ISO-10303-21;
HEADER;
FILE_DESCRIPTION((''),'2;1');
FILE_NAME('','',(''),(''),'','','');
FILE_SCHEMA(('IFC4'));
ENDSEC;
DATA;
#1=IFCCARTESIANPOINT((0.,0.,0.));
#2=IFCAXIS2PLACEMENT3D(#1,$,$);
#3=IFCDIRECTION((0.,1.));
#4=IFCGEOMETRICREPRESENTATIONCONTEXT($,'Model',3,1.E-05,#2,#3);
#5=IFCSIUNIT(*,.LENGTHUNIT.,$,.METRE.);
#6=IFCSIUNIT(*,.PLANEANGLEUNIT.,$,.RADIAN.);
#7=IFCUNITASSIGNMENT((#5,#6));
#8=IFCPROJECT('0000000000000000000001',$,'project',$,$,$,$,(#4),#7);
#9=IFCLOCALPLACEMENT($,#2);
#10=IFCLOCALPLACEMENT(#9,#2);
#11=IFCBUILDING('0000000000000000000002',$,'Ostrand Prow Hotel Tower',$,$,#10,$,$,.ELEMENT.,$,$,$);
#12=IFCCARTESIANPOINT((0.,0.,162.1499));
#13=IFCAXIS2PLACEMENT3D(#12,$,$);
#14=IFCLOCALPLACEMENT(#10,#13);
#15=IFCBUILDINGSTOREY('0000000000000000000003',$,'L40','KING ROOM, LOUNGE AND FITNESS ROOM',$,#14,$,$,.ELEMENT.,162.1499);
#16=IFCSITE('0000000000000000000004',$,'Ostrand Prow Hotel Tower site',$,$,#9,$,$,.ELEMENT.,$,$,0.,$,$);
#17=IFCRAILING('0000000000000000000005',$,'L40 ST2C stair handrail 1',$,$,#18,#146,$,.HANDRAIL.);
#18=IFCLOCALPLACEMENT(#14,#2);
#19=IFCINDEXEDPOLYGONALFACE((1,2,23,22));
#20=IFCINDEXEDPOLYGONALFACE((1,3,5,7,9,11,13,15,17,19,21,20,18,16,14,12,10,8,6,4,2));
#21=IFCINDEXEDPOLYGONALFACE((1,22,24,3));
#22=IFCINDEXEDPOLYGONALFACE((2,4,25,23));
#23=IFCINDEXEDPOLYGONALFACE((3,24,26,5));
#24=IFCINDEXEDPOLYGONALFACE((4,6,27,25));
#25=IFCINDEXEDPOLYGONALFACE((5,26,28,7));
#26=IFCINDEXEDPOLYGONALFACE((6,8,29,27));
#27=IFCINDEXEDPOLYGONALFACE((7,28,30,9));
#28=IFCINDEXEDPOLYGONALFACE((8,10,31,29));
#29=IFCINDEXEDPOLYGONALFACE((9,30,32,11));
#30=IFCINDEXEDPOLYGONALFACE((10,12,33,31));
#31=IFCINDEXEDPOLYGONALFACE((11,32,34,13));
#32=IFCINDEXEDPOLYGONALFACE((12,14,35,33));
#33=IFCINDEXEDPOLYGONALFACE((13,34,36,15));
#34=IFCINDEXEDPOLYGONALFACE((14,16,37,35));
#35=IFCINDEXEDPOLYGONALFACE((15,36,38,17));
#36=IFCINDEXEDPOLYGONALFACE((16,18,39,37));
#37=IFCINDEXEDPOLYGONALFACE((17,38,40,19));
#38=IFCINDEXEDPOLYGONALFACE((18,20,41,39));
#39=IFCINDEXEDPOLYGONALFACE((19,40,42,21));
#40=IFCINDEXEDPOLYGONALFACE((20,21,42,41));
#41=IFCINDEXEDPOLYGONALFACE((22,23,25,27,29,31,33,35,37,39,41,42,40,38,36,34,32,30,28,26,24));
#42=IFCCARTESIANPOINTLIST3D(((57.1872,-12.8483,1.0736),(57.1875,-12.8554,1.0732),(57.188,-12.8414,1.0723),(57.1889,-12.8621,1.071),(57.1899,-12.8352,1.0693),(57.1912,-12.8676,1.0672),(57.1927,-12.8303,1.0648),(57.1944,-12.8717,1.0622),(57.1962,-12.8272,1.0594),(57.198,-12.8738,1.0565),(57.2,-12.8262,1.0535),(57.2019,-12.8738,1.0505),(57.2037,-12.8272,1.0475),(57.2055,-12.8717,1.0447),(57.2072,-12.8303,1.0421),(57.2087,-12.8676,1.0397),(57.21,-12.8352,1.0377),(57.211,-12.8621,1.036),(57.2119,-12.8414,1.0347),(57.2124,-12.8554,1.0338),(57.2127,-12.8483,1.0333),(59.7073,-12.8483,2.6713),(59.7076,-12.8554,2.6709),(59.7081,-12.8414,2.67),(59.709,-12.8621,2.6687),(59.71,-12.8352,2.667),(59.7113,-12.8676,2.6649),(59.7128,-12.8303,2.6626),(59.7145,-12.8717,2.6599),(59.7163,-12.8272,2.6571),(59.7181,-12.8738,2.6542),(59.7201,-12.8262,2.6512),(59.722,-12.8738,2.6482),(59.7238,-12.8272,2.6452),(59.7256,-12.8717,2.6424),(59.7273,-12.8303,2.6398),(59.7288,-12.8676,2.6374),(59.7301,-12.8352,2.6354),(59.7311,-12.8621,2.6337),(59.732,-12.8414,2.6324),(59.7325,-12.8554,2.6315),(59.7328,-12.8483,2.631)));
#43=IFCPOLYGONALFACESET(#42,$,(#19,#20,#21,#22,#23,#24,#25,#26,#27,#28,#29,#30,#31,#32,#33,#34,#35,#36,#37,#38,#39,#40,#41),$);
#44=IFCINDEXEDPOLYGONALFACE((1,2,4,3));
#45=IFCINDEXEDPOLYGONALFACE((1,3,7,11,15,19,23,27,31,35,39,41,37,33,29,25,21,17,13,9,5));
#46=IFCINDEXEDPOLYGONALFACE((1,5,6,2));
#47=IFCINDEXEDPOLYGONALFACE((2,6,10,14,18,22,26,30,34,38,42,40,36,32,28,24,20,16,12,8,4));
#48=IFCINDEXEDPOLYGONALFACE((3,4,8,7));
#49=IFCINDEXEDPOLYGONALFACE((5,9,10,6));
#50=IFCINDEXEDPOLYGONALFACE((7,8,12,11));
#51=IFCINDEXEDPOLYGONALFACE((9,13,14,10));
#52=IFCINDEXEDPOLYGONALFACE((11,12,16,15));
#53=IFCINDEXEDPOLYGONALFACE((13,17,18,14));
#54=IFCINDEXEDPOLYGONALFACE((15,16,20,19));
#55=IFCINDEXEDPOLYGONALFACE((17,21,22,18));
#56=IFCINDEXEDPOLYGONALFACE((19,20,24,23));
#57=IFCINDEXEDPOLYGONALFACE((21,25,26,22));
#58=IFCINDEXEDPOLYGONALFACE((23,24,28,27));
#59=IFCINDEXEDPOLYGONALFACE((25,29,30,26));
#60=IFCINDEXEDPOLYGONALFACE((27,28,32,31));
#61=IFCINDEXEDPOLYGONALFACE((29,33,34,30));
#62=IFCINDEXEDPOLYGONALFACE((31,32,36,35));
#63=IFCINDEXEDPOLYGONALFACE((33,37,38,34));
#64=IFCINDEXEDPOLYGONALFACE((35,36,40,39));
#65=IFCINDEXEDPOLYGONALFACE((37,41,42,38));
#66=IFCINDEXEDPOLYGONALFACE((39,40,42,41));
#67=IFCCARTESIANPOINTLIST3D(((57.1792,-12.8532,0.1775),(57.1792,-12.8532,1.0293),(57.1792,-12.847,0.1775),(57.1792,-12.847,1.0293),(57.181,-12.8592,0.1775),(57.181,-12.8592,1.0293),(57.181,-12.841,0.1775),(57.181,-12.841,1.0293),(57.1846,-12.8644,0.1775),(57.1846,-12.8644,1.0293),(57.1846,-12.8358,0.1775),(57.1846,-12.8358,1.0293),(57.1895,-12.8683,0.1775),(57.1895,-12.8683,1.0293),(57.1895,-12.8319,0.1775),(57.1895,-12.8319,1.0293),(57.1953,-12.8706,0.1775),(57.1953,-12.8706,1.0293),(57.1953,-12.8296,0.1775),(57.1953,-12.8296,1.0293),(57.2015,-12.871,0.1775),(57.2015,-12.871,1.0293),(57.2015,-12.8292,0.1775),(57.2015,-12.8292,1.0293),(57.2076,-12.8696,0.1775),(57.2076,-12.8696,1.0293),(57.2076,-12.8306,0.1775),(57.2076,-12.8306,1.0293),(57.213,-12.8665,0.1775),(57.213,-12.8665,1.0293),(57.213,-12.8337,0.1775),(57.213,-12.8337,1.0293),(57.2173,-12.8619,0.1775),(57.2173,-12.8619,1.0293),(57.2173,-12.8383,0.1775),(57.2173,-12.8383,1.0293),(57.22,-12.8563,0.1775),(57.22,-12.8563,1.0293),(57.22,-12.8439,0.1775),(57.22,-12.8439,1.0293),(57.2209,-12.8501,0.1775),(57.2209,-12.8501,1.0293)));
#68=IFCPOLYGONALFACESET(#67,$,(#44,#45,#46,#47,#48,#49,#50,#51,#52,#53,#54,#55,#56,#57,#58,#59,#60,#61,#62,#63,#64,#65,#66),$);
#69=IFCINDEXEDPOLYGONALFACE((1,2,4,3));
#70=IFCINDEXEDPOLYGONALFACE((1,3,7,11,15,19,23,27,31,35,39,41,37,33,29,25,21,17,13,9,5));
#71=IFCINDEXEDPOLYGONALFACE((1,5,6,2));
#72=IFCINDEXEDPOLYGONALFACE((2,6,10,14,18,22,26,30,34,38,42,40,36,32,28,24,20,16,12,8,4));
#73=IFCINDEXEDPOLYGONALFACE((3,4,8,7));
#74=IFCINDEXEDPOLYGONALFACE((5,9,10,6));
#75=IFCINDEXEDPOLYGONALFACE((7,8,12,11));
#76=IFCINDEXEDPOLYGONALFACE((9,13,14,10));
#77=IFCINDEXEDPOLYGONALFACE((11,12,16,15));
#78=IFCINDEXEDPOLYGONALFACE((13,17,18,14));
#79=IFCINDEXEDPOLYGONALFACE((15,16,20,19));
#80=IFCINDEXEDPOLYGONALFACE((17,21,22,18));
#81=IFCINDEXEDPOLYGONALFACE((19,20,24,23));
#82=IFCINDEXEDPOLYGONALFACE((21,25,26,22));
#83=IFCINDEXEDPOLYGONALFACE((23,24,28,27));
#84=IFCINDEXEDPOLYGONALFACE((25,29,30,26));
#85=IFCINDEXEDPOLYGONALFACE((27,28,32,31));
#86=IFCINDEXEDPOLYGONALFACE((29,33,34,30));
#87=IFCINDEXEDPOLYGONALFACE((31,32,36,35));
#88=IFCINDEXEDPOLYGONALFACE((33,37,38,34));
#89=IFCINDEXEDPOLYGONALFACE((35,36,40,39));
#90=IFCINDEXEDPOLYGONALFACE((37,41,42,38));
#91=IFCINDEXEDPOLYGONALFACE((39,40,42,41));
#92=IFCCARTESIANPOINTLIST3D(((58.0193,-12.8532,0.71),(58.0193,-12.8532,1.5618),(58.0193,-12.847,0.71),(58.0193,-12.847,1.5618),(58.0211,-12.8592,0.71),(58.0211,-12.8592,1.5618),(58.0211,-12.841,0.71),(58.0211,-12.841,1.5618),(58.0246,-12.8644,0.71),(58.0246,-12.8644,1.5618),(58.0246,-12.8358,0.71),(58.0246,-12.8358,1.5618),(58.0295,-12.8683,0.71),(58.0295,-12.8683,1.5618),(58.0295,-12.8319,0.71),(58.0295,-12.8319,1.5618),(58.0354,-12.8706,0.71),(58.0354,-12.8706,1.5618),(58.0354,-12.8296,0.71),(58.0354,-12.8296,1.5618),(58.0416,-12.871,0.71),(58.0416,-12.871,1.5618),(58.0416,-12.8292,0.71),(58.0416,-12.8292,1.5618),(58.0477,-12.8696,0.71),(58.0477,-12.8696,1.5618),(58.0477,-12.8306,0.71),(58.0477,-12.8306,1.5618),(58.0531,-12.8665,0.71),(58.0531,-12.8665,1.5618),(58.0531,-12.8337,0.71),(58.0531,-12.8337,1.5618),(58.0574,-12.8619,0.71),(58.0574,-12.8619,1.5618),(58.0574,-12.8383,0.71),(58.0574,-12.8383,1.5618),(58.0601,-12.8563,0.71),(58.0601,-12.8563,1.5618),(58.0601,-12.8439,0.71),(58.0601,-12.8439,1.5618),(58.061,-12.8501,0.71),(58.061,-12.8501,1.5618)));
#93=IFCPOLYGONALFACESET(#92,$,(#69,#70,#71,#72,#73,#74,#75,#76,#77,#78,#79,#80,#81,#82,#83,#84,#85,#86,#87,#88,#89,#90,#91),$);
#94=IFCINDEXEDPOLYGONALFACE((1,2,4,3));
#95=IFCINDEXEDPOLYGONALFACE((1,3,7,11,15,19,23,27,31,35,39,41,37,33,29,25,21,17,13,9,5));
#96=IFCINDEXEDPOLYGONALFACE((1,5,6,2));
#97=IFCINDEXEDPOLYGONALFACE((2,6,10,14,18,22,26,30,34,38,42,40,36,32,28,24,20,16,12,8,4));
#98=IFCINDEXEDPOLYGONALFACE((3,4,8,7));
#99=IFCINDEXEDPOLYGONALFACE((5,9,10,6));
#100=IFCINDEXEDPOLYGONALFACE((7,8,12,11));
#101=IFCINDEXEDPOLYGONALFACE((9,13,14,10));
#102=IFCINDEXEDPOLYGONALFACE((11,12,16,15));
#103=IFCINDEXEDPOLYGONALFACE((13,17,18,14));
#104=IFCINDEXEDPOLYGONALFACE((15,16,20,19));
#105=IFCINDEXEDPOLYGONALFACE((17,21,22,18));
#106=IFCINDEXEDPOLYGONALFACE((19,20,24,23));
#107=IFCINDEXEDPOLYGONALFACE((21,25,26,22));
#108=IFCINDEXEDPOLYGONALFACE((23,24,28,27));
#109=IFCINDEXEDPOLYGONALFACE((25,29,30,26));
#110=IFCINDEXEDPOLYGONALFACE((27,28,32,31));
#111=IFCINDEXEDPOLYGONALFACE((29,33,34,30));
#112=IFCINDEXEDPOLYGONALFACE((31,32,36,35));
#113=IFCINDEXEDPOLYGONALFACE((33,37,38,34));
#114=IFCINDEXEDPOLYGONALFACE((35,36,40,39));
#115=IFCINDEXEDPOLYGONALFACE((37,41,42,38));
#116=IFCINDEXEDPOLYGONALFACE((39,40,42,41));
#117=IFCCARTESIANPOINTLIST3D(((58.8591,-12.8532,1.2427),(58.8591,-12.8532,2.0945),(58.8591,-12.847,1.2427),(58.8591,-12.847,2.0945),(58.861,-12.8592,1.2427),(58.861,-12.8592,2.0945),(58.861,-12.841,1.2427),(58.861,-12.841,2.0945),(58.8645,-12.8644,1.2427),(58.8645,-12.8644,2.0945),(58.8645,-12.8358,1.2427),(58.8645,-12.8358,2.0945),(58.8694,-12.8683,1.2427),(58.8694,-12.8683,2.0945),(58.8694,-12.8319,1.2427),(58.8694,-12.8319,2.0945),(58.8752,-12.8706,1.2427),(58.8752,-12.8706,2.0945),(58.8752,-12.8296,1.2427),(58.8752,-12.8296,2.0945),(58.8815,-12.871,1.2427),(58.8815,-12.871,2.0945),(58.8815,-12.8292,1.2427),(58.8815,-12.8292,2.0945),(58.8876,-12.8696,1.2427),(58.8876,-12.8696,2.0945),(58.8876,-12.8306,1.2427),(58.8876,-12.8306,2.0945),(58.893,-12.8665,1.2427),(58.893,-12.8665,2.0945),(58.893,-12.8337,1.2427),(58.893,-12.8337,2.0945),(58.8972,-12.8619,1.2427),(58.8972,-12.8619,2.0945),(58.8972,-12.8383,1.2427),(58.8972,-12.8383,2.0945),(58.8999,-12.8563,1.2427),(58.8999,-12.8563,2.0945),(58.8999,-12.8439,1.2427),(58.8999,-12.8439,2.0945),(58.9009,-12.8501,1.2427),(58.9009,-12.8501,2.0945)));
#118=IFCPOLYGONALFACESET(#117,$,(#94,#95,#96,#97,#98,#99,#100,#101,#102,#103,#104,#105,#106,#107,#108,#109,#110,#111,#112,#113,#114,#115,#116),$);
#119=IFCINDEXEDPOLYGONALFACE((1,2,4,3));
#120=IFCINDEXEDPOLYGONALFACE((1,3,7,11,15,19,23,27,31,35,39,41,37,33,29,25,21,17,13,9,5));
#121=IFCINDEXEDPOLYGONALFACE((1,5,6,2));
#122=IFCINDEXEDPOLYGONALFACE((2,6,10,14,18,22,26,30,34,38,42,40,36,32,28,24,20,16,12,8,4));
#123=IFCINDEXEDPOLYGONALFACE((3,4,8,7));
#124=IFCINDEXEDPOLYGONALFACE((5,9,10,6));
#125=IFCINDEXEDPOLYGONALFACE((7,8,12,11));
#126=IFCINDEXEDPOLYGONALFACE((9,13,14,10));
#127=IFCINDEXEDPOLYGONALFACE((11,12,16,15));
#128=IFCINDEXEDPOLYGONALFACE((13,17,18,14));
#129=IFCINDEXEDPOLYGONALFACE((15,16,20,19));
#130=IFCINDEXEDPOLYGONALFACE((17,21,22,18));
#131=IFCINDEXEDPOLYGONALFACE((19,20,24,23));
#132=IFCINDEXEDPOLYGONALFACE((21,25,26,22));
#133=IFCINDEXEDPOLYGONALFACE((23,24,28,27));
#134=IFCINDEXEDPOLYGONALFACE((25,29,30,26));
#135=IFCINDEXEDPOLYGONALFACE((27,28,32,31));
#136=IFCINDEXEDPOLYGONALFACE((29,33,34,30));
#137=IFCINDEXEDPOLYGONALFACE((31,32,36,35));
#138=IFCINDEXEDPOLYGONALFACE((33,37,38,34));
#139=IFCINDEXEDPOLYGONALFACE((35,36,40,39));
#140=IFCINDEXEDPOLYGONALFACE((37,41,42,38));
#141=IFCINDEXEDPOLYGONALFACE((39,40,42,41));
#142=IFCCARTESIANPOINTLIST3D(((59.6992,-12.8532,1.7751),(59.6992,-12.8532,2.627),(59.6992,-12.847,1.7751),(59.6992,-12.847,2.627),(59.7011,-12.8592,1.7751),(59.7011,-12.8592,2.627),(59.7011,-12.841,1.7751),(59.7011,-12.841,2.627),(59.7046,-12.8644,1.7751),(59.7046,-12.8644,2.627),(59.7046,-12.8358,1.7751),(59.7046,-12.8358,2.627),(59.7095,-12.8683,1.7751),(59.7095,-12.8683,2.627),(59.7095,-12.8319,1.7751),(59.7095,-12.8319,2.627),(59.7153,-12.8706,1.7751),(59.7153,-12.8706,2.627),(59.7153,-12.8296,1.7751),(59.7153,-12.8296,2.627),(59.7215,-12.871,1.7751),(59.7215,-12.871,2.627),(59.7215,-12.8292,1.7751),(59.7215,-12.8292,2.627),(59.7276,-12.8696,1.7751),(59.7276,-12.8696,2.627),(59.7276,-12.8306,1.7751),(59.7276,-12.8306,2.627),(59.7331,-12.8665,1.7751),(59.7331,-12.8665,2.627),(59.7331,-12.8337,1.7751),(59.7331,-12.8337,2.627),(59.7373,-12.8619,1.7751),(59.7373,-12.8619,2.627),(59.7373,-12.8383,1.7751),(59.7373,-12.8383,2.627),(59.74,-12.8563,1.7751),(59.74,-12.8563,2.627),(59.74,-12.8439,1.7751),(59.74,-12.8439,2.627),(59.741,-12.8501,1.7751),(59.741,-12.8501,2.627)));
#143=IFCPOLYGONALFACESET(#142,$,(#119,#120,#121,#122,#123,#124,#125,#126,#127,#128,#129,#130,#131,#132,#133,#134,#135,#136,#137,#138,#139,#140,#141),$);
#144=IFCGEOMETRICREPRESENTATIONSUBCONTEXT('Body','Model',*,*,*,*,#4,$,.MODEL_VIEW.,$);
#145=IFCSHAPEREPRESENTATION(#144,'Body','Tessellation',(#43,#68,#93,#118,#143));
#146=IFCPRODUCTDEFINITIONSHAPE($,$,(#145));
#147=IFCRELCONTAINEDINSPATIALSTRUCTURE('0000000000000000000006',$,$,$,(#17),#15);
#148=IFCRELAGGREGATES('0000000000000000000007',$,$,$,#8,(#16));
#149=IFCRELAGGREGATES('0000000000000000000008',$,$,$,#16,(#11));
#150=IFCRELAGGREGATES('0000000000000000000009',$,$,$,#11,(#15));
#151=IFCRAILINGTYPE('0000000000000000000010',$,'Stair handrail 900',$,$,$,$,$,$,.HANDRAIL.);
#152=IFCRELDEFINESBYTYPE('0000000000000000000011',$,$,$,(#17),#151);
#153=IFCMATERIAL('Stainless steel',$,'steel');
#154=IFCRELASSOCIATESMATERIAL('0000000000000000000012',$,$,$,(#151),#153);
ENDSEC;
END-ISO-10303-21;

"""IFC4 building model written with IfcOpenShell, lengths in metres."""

from ifc_helpers import new_model, si_unit, direction, frame, origin, origin_2d, place, context, subcontext, project, spatial, circle, extrude, material, type_object, element, save


model = new_model("IFC4")

# Units and contexts
model_context = context("Model", 3, precision=1e-05, world=origin(), true_north=direction((0.0, 1.0)))
body_context = subcontext(model_context, "Body", "Model", "MODEL_VIEW")
ifc_project = project(units=[si_unit("LENGTHUNIT", "METRE"), si_unit("PLANEANGLEUNIT", "RADIAN")], contexts=[model_context])

# Site, building, storey
site_placement = place(None, origin())
site = spatial("IfcSite", under=ifc_project, at=site_placement, Name="Ostrand Prow Hotel Tower site", CompositionType="ELEMENT", RefElevation=0.0)
building_placement = place(site_placement, origin())
building = spatial("IfcBuilding", under=site, at=building_placement, Name="Ostrand Prow Hotel Tower", CompositionType="ELEMENT")
storey_placement = place(building_placement, frame((0.0, 0.0, 162.1499)))
storey = spatial("IfcBuildingStorey", under=building, at=storey_placement, Name="L40", Description="KING ROOM, LOUNGE AND FITNESS ROOM", CompositionType="ELEMENT", Elevation=162.1499)

# Railing
ifc_material_1 = material(Name="Stainless steel", Category="steel")
railing_type = type_object("IfcRailingType", Name="Stair handrail 900", PredefinedType="HANDRAIL", material=ifc_material_1)
railing_placement = place(storey_placement, frame((57.2, -12.8501, 0.1775)))
element("IfcRailing", 1, at=railing_placement, inside=storey, type_object=railing_type, Name="L40 ST2C stair handrail 1", PredefinedType="HANDRAIL", context=body_context, shape_type="SweptSolid", body=[
    extrude(circle(Radius=0.0239, at=origin_2d()), frame((0.0, 0.0, 0.876), z_axis=(0.84457, 0.0, 0.535445), x_axis=(0.0, 1.0, 0.0)), (0.0, 0.0, 1.0), 2.9839),
    extrude(circle(Radius=0.021, at=origin_2d()), origin(), (0.0, 0.0, 1.0), 0.8518),
    extrude(circle(Radius=0.021, at=origin_2d()), frame((0.8401, 0.0, 0.5325)), (0.0, 0.0, 1.0), 0.8518),
    extrude(circle(Radius=0.021, at=origin_2d()), frame((1.6799, 0.0, 1.0652)), (0.0, 0.0, 1.0), 0.8518),
    extrude(circle(Radius=0.021, at=origin_2d()), frame((2.52, 0.0, 1.5977)), (0.0, 0.0, 1.0), 0.8518),
])

save(model, "model.ifc")
